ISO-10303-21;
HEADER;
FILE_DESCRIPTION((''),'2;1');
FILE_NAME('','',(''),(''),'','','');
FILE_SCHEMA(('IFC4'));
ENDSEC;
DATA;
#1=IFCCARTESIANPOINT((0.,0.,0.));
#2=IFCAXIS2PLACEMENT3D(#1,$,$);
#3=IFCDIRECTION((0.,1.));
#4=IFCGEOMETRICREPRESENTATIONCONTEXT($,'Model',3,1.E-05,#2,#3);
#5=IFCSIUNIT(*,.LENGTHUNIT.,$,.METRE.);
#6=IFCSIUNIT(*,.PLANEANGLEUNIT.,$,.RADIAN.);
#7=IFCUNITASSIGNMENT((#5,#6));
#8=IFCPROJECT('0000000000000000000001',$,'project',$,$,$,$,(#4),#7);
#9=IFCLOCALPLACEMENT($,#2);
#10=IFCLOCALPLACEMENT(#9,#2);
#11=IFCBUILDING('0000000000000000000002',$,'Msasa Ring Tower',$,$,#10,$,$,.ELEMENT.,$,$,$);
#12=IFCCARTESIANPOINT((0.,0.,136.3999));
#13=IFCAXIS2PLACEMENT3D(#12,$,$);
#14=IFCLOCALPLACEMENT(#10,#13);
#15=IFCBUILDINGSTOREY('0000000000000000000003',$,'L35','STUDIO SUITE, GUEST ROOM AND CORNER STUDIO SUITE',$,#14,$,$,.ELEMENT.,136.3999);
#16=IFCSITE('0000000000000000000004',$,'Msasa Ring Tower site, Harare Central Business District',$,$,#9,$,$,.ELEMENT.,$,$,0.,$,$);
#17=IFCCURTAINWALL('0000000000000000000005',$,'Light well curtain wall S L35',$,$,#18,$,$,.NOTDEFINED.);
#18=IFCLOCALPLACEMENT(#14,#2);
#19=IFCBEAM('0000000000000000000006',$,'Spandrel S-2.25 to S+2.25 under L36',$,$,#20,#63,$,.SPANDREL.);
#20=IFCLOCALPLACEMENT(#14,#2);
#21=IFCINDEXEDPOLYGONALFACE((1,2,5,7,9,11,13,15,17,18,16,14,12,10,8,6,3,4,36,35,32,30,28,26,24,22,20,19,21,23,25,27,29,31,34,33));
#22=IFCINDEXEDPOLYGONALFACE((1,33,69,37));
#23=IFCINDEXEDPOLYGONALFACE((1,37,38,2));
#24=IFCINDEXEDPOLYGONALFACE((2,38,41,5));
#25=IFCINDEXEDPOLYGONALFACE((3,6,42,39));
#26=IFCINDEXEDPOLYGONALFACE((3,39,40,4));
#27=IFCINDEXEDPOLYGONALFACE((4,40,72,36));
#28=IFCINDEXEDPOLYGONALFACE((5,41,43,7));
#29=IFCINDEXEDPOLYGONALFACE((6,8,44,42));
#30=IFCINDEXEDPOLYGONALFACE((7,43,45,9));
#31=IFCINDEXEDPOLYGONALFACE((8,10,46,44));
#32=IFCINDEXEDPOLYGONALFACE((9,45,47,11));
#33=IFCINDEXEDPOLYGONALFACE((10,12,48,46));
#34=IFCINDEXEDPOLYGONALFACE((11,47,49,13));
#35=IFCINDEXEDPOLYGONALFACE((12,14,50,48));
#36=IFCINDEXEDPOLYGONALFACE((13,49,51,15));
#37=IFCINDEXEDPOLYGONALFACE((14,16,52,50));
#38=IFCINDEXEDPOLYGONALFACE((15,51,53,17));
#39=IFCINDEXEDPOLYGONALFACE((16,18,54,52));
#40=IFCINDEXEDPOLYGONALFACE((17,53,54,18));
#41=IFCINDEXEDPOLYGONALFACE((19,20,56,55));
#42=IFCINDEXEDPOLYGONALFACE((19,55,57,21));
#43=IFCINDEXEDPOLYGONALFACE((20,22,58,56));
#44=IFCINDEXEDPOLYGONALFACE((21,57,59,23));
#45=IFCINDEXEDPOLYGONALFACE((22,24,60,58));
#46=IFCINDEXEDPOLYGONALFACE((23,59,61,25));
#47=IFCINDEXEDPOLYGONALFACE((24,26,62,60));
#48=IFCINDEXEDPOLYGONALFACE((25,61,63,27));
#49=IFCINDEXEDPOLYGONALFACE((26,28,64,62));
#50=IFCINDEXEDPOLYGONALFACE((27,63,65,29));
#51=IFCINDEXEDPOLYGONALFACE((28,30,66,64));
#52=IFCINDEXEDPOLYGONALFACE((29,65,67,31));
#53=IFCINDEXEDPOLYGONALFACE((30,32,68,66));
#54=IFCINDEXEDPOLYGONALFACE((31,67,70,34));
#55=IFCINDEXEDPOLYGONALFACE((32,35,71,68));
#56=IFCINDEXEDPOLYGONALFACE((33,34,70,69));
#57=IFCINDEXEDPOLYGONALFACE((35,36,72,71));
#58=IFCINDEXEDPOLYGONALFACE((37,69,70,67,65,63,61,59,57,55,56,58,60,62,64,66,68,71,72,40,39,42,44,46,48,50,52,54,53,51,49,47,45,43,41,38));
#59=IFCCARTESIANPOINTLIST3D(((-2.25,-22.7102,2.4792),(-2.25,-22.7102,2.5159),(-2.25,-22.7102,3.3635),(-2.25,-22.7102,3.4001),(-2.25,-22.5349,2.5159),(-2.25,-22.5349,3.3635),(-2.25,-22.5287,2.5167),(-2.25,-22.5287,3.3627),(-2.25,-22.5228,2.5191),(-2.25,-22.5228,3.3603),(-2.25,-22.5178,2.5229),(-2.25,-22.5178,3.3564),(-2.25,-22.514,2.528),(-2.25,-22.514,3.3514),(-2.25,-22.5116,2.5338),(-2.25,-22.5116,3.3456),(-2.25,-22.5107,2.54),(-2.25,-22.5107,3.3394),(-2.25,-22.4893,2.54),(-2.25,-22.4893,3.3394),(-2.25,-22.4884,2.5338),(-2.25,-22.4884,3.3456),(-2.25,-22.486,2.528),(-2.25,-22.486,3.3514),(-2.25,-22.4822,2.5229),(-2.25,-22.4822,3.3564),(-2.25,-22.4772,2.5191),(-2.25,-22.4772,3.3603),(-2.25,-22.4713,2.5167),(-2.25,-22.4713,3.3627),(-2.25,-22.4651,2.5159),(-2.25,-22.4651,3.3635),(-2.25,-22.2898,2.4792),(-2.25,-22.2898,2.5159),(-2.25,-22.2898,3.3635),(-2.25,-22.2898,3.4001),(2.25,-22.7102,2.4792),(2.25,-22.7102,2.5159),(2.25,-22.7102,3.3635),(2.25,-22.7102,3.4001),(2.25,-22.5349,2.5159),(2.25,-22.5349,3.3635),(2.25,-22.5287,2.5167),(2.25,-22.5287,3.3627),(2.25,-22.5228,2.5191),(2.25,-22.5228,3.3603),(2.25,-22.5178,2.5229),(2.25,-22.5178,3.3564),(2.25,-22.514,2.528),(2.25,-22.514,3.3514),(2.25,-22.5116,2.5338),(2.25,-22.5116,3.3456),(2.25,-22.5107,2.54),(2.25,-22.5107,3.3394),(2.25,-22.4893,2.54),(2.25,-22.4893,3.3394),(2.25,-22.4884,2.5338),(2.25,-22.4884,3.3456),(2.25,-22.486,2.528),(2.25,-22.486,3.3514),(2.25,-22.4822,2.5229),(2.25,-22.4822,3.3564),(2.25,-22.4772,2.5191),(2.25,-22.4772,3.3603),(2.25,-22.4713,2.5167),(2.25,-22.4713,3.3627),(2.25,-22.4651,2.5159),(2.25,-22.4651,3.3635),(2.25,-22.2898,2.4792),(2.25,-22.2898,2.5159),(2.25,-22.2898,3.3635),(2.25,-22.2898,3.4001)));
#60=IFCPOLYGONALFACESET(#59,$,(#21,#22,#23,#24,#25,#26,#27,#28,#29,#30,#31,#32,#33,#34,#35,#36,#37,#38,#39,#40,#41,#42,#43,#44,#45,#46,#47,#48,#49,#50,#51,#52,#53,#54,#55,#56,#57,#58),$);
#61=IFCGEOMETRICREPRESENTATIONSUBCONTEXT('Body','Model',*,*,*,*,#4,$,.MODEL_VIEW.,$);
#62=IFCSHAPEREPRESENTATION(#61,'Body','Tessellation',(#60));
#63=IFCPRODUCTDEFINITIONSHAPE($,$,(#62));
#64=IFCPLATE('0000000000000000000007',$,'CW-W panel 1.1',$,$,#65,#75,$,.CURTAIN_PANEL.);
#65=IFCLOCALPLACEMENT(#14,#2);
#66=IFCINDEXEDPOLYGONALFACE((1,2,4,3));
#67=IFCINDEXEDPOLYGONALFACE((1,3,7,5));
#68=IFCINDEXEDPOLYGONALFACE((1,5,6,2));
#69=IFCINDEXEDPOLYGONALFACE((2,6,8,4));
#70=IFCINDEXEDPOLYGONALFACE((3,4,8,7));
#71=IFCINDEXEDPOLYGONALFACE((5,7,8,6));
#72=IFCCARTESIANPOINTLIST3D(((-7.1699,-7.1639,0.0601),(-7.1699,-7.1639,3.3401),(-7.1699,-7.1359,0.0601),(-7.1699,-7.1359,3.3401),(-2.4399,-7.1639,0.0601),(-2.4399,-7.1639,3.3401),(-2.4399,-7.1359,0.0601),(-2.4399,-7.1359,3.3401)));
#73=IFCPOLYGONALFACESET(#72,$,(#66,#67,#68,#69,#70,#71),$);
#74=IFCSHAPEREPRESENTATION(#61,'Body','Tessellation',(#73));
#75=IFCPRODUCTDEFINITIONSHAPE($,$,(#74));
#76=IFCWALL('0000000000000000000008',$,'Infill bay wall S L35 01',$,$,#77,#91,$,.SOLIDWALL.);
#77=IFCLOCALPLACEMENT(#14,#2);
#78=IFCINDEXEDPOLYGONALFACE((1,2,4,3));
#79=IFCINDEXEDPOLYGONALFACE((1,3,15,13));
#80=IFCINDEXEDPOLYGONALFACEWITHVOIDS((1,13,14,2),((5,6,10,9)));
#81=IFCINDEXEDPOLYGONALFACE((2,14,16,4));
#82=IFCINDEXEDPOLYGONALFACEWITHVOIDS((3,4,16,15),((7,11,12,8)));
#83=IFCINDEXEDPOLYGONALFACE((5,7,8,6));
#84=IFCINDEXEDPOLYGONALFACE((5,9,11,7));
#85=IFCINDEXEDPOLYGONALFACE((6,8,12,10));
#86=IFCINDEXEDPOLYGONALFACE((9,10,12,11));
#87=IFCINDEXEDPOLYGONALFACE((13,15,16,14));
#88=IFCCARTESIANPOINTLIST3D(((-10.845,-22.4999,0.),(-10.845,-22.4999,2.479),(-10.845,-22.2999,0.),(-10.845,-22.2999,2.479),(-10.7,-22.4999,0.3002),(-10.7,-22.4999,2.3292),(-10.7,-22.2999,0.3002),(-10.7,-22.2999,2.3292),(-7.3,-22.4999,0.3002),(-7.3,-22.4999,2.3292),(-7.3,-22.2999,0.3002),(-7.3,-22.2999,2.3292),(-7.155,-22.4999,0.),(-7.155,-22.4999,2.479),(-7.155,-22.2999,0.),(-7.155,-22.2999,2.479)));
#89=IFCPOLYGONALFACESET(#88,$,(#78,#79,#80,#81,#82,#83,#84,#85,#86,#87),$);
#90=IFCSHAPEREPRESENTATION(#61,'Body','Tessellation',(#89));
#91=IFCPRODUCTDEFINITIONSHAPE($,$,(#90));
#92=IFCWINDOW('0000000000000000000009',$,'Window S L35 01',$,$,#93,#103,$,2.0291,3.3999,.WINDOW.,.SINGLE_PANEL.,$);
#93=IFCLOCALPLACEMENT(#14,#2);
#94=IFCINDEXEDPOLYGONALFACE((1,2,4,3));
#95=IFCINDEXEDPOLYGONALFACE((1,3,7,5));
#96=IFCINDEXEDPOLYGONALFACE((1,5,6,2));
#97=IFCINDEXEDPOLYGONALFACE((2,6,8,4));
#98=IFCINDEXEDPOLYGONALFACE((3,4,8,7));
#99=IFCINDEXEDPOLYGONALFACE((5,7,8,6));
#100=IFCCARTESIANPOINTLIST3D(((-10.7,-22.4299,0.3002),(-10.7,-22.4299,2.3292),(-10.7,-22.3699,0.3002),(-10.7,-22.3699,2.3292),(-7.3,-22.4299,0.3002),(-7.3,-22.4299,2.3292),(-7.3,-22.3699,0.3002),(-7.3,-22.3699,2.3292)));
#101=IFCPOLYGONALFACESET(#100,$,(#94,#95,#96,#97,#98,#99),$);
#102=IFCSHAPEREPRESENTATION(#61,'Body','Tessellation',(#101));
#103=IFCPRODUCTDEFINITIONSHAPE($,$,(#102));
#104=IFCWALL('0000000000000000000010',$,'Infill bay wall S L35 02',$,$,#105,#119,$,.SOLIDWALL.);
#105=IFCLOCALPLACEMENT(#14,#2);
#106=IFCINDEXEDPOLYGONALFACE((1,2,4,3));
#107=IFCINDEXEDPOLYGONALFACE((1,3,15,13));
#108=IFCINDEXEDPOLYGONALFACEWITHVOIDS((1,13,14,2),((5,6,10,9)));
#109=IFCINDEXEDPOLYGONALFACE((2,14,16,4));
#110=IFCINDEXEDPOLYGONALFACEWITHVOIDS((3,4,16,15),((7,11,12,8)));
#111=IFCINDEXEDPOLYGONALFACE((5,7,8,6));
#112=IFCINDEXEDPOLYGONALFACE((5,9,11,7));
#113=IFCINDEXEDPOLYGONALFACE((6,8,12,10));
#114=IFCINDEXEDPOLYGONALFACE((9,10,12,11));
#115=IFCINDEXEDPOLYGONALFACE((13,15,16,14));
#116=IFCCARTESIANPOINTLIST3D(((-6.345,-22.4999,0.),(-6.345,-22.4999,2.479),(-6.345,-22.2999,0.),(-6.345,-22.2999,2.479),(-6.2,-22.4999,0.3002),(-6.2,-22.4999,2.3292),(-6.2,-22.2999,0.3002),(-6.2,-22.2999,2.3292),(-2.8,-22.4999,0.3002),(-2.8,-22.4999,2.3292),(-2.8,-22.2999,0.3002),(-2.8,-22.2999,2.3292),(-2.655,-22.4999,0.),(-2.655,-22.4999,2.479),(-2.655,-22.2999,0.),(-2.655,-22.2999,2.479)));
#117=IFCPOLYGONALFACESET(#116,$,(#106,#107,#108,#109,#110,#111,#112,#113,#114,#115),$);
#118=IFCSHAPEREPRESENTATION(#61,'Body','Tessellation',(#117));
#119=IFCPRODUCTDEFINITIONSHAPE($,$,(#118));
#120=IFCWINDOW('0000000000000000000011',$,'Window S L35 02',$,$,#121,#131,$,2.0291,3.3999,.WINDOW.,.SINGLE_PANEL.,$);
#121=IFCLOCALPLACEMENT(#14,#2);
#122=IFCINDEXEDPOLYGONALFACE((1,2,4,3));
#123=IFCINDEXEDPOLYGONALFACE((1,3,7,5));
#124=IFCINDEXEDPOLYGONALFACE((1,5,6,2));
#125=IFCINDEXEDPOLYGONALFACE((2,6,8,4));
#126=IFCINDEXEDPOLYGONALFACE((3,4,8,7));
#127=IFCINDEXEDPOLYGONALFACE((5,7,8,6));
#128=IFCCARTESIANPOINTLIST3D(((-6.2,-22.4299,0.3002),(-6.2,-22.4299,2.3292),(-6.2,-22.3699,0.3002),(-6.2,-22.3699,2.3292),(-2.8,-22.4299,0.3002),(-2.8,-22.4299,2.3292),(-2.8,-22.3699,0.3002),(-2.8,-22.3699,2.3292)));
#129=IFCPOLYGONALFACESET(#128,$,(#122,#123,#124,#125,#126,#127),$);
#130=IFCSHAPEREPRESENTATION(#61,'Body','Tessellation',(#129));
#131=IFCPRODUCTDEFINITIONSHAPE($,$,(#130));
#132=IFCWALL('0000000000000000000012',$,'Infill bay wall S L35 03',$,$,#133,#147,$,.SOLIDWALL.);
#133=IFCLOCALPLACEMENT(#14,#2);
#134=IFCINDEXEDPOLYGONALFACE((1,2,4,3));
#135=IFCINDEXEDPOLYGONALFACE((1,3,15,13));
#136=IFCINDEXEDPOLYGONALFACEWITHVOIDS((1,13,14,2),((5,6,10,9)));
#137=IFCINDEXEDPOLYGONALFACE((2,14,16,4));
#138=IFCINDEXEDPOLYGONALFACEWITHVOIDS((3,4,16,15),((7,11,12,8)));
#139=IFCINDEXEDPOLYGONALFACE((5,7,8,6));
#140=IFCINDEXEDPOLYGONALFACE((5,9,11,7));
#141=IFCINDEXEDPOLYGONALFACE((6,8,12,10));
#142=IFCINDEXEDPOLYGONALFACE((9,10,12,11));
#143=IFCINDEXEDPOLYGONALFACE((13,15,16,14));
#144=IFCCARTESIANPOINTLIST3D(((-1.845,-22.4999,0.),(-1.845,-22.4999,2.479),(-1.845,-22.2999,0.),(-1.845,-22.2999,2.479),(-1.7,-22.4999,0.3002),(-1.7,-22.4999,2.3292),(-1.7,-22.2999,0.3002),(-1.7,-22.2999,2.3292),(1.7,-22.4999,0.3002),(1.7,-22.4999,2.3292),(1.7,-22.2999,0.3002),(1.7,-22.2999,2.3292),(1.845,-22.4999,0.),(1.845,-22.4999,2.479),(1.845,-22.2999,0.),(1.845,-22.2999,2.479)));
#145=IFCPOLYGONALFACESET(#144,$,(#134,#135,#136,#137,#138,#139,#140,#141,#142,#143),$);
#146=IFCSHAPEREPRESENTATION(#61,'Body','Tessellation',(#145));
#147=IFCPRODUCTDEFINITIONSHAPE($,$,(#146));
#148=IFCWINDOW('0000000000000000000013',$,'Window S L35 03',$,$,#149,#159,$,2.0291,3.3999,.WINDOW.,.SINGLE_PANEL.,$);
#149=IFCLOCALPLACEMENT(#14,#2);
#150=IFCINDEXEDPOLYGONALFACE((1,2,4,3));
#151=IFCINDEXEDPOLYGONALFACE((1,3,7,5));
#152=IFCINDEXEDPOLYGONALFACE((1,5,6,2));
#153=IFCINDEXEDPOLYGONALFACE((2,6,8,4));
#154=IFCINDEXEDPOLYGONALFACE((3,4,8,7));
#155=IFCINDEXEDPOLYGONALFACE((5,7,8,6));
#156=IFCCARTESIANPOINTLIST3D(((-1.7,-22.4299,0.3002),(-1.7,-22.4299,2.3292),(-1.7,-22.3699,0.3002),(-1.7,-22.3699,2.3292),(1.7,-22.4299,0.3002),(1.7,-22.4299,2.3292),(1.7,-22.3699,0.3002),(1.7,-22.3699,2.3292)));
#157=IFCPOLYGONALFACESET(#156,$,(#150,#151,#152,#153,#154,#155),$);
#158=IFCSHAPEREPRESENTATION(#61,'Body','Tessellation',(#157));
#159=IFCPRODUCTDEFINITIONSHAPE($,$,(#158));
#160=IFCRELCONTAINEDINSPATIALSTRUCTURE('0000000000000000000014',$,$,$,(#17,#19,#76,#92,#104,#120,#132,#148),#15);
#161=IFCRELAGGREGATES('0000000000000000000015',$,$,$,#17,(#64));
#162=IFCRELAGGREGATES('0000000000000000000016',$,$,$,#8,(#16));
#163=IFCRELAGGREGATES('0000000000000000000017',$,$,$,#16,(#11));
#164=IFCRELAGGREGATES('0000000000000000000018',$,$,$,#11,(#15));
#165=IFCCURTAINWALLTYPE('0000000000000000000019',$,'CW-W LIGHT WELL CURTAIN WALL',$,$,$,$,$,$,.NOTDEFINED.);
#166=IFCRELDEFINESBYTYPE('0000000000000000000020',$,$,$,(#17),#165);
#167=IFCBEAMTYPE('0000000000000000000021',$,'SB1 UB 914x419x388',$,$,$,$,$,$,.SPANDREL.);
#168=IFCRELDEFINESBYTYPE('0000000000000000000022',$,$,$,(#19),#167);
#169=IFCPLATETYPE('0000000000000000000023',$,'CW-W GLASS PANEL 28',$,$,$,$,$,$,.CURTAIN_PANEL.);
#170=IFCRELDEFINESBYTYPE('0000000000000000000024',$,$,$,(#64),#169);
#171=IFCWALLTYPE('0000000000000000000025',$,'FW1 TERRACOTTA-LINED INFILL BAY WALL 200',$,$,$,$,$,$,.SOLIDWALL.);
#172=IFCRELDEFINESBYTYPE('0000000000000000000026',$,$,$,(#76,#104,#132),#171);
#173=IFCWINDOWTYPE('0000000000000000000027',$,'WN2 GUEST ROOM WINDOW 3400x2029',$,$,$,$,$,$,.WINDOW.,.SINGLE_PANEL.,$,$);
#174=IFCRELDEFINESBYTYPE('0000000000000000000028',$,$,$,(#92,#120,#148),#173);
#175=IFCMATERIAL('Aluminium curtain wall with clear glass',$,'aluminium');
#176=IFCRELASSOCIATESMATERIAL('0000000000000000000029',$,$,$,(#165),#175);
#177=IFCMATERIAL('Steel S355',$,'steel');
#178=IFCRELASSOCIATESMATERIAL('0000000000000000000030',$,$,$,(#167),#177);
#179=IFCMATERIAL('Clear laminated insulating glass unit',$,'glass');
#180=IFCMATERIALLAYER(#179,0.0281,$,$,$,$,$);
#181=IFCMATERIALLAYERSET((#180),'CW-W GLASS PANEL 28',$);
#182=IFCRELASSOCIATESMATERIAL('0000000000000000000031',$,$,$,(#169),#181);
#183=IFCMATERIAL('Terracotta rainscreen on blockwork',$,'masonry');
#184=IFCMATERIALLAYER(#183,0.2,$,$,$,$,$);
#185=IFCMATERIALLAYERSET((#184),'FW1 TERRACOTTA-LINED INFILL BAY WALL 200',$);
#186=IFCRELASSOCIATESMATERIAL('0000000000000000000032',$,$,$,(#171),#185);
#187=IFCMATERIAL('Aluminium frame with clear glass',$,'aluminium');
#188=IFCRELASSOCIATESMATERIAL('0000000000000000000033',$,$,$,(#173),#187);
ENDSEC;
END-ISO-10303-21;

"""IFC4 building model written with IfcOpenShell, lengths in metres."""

from ifc_helpers import new_model, si_unit, direction, frame, frame_2d, origin, origin_2d, place, context, subcontext, project, spatial, rectangle, i_section, extrude, material, layer, layer_set, material_profile, profile_set, type_object, element, fill, aggregate, save


model = new_model("IFC4")

# Units and contexts
model_context = context("Model", 3, precision=1e-05, world=origin(), true_north=direction((0.0, 1.0)))
body_context = subcontext(model_context, "Body", "Model", "MODEL_VIEW")
ifc_project = project(units=[si_unit("LENGTHUNIT", "METRE"), si_unit("PLANEANGLEUNIT", "RADIAN")], contexts=[model_context])

# Site, building, storey
site_placement = place(None, origin())
site = spatial("IfcSite", under=ifc_project, at=site_placement, Name="Msasa Ring Tower site, Harare Central Business District", CompositionType="ELEMENT", RefElevation=0.0)
building_placement = place(site_placement, origin())
building = spatial("IfcBuilding", under=site, at=building_placement, Name="Msasa Ring Tower", CompositionType="ELEMENT")
storey_placement = place(building_placement, frame((0.0, 0.0, 136.3999)))
storey = spatial("IfcBuildingStorey", under=building, at=storey_placement, Name="L35", Description="STUDIO SUITE, GUEST ROOM AND CORNER STUDIO SUITE", CompositionType="ELEMENT", Elevation=136.3999)

# Curtain wall
ifc_material_1 = material(Name="Aluminium curtain wall with clear glass", Category="aluminium")
curtain_wall_type = type_object("IfcCurtainWallType", Name="CW-W LIGHT WELL CURTAIN WALL", PredefinedType="NOTDEFINED", material=ifc_material_1)
curtain_wall_placement = place(storey_placement, origin())
curtain_wall = element("IfcCurtainWall", 1, at=curtain_wall_placement, inside=storey, type_object=curtain_wall_type, Name="Light well curtain wall S L35", PredefinedType="NOTDEFINED")

# Beam
ifc_material_2 = material(Name="Steel S355", Category="steel")
ifc_material_profile_1 = material_profile(ifc_material_2, i_section(OverallWidth=0.4204, OverallDepth=0.9209, WebThickness=0.0215, FlangeThickness=0.0366, FilletRadius=0.0242, at=origin_2d()), Name="UB 914x419x388")
ifc_profile_set_1 = profile_set([ifc_material_profile_1], Name="Steel S355")
beam_type_1 = type_object("IfcBeamType", Name="SB1 UB 914x419x388", PredefinedType="SPANDREL", material=ifc_profile_set_1)
for number, where, z_axis, x_axis, name in (
    (2, (-2.25, -22.5, 2.9397), (1.0, 0.0, 0.0), (0.0, 1.0, 0.0), "Spandrel S-2.25 to S+2.25 under L36"),
):
    element("IfcBeam", number, at=place(storey_placement, frame(where, z_axis=z_axis, x_axis=x_axis)), inside=storey, type_object=beam_type_1, Name=name, PredefinedType="SPANDREL", context=body_context, shape_type="SweptSolid", body=[
        extrude(i_section(OverallWidth=0.4204, OverallDepth=0.9209, WebThickness=0.0215, FlangeThickness=0.0366, FilletRadius=0.0242, at=origin_2d()), origin(), (0.0, 0.0, 1.0), 4.5),
    ])

# Plate
ifc_material_3 = material(Name="Clear laminated insulating glass unit", Category="glass")
ifc_layer_1 = layer(ifc_material_3, 0.0281)
ifc_layer_set_1 = layer_set([ifc_layer_1], Name="CW-W GLASS PANEL 28")
plate_type = type_object("IfcPlateType", Name="CW-W GLASS PANEL 28", PredefinedType="CURTAIN_PANEL", material=ifc_layer_set_1)
plate_placement = place(storey_placement, frame((-4.8049, -7.1499, 0.0601), z_axis=(0.0, 0.0, 1.0), x_axis=(1.0, 0.0, 0.0)))
plate = element("IfcPlate", 3, at=plate_placement, type_object=plate_type, Name="CW-W panel 1.1", PredefinedType="CURTAIN_PANEL", context=body_context, shape_type="SweptSolid", body=[
    extrude(rectangle(XDim=4.73, YDim=0.0281, at=origin_2d()), origin(), (0.0, 0.0, 1.0), 3.28),
])
aggregate(curtain_wall, [plate])

# Walls, openings, windows
ifc_material_4 = material(Name="Terracotta rainscreen on blockwork", Category="masonry")
ifc_layer_2 = layer(ifc_material_4, 0.2)
ifc_layer_set_2 = layer_set([ifc_layer_2], Name="FW1 TERRACOTTA-LINED INFILL BAY WALL 200")
wall_type_1 = type_object("IfcWallType", Name="FW1 TERRACOTTA-LINED INFILL BAY WALL 200", PredefinedType="SOLIDWALL", material=ifc_layer_set_2)
wall_1_placement = place(storey_placement, frame((-10.845, -22.3999, 0.0), z_axis=(0.0, 0.0, 1.0), x_axis=(1.0, 0.0, 0.0)))
wall_1 = element("IfcWall", 4, at=wall_1_placement, inside=storey, type_object=wall_type_1, Name="Infill bay wall S L35 01", PredefinedType="SOLIDWALL", context=body_context, shape_type="SweptSolid", body=[
    extrude(rectangle(XDim=3.6899, YDim=0.2, at=frame_2d((1.845, 0.0))), origin(), (0.0, 0.0, 1.0), 2.479),
])
opening_1_placement = place(wall_1_placement, frame((0.145, 0.0, 0.3)))
opening_1 = element("IfcOpeningElement", 5, at=opening_1_placement, cuts=wall_1, PredefinedType="OPENING", context=body_context, shape_type="SweptSolid", body=[
    extrude(rectangle(XDim=3.3999, YDim=2.0291, at=frame_2d((1.7, 1.0146))), frame((0.0, 0.1099, 0.0), z_axis=(0.0, -1.0, 0.0), x_axis=(1.0, 0.0, 0.0)), (0.0, 0.0, 1.0), 0.22),
])
ifc_material_5 = material(Name="Aluminium frame with clear glass", Category="aluminium")
window_type = type_object("IfcWindowType", Name="WN2 GUEST ROOM WINDOW 3400x2029", PartitioningType="SINGLE_PANEL", PredefinedType="WINDOW", material=ifc_material_5)
window_1_placement = place(opening_1_placement, origin())
window_1 = element("IfcWindow", 6, at=window_1_placement, inside=storey, type_object=window_type, Name="Window S L35 01", OverallHeight=2.0291, OverallWidth=3.3999, PartitioningType="SINGLE_PANEL", PredefinedType="WINDOW", context=body_context, shape_type="SweptSolid", body=[
    extrude(rectangle(XDim=3.3999, YDim=2.0291, at=frame_2d((1.7, 1.0146))), frame((0.0, 0.03, 0.0), z_axis=(0.0, -1.0, 0.0), x_axis=(1.0, 0.0, 0.0)), (0.0, 0.0, 1.0), 0.0601),
])
fill(opening_1, window_1)
wall_2_placement = place(storey_placement, frame((-6.345, -22.3999, 0.0), z_axis=(0.0, 0.0, 1.0), x_axis=(1.0, 0.0, 0.0)))
wall_2 = element("IfcWall", 7, at=wall_2_placement, inside=storey, type_object=wall_type_1, Name="Infill bay wall S L35 02", PredefinedType="SOLIDWALL", context=body_context, shape_type="SweptSolid", body=[
    extrude(rectangle(XDim=3.6899, YDim=0.2, at=frame_2d((1.845, 0.0))), origin(), (0.0, 0.0, 1.0), 2.479),
])
opening_2_placement = place(wall_2_placement, frame((0.145, 0.0, 0.3)))
opening_2 = element("IfcOpeningElement", 8, at=opening_2_placement, cuts=wall_2, PredefinedType="OPENING", context=body_context, shape_type="SweptSolid", body=[
    extrude(rectangle(XDim=3.3999, YDim=2.0291, at=frame_2d((1.7, 1.0146))), frame((0.0, 0.1099, 0.0), z_axis=(0.0, -1.0, 0.0), x_axis=(1.0, 0.0, 0.0)), (0.0, 0.0, 1.0), 0.22),
])
window_2_placement = place(opening_2_placement, origin())
window_2 = element("IfcWindow", 9, at=window_2_placement, inside=storey, type_object=window_type, Name="Window S L35 02", OverallHeight=2.0291, OverallWidth=3.3999, PartitioningType="SINGLE_PANEL", PredefinedType="WINDOW", context=body_context, shape_type="SweptSolid", body=[
    extrude(rectangle(XDim=3.3999, YDim=2.0291, at=frame_2d((1.7, 1.0146))), frame((0.0, 0.03, 0.0), z_axis=(0.0, -1.0, 0.0), x_axis=(1.0, 0.0, 0.0)), (0.0, 0.0, 1.0), 0.0601),
])
fill(opening_2, window_2)
wall_3_placement = place(storey_placement, frame((-1.845, -22.3999, 0.0), z_axis=(0.0, 0.0, 1.0), x_axis=(1.0, 0.0, 0.0)))
wall_3 = element("IfcWall", 10, at=wall_3_placement, inside=storey, type_object=wall_type_1, Name="Infill bay wall S L35 03", PredefinedType="SOLIDWALL", context=body_context, shape_type="SweptSolid", body=[
    extrude(rectangle(XDim=3.6899, YDim=0.2, at=frame_2d((1.845, 0.0))), origin(), (0.0, 0.0, 1.0), 2.479),
])
opening_3_placement = place(wall_3_placement, frame((0.145, 0.0, 0.3)))
opening_3 = element("IfcOpeningElement", 11, at=opening_3_placement, cuts=wall_3, PredefinedType="OPENING", context=body_context, shape_type="SweptSolid", body=[
    extrude(rectangle(XDim=3.3999, YDim=2.0291, at=frame_2d((1.7, 1.0146))), frame((0.0, 0.1099, 0.0), z_axis=(0.0, -1.0, 0.0), x_axis=(1.0, 0.0, 0.0)), (0.0, 0.0, 1.0), 0.22),
])
window_3_placement = place(opening_3_placement, origin())
window_3 = element("IfcWindow", 12, at=window_3_placement, inside=storey, type_object=window_type, Name="Window S L35 03", OverallHeight=2.0291, OverallWidth=3.3999, PartitioningType="SINGLE_PANEL", PredefinedType="WINDOW", context=body_context, shape_type="SweptSolid", body=[
    extrude(rectangle(XDim=3.3999, YDim=2.0291, at=frame_2d((1.7, 1.0146))), frame((0.0, 0.03, 0.0), z_axis=(0.0, -1.0, 0.0), x_axis=(1.0, 0.0, 0.0)), (0.0, 0.0, 1.0), 0.0601),
])
fill(opening_3, window_3)

save(model, "model.ifc")
